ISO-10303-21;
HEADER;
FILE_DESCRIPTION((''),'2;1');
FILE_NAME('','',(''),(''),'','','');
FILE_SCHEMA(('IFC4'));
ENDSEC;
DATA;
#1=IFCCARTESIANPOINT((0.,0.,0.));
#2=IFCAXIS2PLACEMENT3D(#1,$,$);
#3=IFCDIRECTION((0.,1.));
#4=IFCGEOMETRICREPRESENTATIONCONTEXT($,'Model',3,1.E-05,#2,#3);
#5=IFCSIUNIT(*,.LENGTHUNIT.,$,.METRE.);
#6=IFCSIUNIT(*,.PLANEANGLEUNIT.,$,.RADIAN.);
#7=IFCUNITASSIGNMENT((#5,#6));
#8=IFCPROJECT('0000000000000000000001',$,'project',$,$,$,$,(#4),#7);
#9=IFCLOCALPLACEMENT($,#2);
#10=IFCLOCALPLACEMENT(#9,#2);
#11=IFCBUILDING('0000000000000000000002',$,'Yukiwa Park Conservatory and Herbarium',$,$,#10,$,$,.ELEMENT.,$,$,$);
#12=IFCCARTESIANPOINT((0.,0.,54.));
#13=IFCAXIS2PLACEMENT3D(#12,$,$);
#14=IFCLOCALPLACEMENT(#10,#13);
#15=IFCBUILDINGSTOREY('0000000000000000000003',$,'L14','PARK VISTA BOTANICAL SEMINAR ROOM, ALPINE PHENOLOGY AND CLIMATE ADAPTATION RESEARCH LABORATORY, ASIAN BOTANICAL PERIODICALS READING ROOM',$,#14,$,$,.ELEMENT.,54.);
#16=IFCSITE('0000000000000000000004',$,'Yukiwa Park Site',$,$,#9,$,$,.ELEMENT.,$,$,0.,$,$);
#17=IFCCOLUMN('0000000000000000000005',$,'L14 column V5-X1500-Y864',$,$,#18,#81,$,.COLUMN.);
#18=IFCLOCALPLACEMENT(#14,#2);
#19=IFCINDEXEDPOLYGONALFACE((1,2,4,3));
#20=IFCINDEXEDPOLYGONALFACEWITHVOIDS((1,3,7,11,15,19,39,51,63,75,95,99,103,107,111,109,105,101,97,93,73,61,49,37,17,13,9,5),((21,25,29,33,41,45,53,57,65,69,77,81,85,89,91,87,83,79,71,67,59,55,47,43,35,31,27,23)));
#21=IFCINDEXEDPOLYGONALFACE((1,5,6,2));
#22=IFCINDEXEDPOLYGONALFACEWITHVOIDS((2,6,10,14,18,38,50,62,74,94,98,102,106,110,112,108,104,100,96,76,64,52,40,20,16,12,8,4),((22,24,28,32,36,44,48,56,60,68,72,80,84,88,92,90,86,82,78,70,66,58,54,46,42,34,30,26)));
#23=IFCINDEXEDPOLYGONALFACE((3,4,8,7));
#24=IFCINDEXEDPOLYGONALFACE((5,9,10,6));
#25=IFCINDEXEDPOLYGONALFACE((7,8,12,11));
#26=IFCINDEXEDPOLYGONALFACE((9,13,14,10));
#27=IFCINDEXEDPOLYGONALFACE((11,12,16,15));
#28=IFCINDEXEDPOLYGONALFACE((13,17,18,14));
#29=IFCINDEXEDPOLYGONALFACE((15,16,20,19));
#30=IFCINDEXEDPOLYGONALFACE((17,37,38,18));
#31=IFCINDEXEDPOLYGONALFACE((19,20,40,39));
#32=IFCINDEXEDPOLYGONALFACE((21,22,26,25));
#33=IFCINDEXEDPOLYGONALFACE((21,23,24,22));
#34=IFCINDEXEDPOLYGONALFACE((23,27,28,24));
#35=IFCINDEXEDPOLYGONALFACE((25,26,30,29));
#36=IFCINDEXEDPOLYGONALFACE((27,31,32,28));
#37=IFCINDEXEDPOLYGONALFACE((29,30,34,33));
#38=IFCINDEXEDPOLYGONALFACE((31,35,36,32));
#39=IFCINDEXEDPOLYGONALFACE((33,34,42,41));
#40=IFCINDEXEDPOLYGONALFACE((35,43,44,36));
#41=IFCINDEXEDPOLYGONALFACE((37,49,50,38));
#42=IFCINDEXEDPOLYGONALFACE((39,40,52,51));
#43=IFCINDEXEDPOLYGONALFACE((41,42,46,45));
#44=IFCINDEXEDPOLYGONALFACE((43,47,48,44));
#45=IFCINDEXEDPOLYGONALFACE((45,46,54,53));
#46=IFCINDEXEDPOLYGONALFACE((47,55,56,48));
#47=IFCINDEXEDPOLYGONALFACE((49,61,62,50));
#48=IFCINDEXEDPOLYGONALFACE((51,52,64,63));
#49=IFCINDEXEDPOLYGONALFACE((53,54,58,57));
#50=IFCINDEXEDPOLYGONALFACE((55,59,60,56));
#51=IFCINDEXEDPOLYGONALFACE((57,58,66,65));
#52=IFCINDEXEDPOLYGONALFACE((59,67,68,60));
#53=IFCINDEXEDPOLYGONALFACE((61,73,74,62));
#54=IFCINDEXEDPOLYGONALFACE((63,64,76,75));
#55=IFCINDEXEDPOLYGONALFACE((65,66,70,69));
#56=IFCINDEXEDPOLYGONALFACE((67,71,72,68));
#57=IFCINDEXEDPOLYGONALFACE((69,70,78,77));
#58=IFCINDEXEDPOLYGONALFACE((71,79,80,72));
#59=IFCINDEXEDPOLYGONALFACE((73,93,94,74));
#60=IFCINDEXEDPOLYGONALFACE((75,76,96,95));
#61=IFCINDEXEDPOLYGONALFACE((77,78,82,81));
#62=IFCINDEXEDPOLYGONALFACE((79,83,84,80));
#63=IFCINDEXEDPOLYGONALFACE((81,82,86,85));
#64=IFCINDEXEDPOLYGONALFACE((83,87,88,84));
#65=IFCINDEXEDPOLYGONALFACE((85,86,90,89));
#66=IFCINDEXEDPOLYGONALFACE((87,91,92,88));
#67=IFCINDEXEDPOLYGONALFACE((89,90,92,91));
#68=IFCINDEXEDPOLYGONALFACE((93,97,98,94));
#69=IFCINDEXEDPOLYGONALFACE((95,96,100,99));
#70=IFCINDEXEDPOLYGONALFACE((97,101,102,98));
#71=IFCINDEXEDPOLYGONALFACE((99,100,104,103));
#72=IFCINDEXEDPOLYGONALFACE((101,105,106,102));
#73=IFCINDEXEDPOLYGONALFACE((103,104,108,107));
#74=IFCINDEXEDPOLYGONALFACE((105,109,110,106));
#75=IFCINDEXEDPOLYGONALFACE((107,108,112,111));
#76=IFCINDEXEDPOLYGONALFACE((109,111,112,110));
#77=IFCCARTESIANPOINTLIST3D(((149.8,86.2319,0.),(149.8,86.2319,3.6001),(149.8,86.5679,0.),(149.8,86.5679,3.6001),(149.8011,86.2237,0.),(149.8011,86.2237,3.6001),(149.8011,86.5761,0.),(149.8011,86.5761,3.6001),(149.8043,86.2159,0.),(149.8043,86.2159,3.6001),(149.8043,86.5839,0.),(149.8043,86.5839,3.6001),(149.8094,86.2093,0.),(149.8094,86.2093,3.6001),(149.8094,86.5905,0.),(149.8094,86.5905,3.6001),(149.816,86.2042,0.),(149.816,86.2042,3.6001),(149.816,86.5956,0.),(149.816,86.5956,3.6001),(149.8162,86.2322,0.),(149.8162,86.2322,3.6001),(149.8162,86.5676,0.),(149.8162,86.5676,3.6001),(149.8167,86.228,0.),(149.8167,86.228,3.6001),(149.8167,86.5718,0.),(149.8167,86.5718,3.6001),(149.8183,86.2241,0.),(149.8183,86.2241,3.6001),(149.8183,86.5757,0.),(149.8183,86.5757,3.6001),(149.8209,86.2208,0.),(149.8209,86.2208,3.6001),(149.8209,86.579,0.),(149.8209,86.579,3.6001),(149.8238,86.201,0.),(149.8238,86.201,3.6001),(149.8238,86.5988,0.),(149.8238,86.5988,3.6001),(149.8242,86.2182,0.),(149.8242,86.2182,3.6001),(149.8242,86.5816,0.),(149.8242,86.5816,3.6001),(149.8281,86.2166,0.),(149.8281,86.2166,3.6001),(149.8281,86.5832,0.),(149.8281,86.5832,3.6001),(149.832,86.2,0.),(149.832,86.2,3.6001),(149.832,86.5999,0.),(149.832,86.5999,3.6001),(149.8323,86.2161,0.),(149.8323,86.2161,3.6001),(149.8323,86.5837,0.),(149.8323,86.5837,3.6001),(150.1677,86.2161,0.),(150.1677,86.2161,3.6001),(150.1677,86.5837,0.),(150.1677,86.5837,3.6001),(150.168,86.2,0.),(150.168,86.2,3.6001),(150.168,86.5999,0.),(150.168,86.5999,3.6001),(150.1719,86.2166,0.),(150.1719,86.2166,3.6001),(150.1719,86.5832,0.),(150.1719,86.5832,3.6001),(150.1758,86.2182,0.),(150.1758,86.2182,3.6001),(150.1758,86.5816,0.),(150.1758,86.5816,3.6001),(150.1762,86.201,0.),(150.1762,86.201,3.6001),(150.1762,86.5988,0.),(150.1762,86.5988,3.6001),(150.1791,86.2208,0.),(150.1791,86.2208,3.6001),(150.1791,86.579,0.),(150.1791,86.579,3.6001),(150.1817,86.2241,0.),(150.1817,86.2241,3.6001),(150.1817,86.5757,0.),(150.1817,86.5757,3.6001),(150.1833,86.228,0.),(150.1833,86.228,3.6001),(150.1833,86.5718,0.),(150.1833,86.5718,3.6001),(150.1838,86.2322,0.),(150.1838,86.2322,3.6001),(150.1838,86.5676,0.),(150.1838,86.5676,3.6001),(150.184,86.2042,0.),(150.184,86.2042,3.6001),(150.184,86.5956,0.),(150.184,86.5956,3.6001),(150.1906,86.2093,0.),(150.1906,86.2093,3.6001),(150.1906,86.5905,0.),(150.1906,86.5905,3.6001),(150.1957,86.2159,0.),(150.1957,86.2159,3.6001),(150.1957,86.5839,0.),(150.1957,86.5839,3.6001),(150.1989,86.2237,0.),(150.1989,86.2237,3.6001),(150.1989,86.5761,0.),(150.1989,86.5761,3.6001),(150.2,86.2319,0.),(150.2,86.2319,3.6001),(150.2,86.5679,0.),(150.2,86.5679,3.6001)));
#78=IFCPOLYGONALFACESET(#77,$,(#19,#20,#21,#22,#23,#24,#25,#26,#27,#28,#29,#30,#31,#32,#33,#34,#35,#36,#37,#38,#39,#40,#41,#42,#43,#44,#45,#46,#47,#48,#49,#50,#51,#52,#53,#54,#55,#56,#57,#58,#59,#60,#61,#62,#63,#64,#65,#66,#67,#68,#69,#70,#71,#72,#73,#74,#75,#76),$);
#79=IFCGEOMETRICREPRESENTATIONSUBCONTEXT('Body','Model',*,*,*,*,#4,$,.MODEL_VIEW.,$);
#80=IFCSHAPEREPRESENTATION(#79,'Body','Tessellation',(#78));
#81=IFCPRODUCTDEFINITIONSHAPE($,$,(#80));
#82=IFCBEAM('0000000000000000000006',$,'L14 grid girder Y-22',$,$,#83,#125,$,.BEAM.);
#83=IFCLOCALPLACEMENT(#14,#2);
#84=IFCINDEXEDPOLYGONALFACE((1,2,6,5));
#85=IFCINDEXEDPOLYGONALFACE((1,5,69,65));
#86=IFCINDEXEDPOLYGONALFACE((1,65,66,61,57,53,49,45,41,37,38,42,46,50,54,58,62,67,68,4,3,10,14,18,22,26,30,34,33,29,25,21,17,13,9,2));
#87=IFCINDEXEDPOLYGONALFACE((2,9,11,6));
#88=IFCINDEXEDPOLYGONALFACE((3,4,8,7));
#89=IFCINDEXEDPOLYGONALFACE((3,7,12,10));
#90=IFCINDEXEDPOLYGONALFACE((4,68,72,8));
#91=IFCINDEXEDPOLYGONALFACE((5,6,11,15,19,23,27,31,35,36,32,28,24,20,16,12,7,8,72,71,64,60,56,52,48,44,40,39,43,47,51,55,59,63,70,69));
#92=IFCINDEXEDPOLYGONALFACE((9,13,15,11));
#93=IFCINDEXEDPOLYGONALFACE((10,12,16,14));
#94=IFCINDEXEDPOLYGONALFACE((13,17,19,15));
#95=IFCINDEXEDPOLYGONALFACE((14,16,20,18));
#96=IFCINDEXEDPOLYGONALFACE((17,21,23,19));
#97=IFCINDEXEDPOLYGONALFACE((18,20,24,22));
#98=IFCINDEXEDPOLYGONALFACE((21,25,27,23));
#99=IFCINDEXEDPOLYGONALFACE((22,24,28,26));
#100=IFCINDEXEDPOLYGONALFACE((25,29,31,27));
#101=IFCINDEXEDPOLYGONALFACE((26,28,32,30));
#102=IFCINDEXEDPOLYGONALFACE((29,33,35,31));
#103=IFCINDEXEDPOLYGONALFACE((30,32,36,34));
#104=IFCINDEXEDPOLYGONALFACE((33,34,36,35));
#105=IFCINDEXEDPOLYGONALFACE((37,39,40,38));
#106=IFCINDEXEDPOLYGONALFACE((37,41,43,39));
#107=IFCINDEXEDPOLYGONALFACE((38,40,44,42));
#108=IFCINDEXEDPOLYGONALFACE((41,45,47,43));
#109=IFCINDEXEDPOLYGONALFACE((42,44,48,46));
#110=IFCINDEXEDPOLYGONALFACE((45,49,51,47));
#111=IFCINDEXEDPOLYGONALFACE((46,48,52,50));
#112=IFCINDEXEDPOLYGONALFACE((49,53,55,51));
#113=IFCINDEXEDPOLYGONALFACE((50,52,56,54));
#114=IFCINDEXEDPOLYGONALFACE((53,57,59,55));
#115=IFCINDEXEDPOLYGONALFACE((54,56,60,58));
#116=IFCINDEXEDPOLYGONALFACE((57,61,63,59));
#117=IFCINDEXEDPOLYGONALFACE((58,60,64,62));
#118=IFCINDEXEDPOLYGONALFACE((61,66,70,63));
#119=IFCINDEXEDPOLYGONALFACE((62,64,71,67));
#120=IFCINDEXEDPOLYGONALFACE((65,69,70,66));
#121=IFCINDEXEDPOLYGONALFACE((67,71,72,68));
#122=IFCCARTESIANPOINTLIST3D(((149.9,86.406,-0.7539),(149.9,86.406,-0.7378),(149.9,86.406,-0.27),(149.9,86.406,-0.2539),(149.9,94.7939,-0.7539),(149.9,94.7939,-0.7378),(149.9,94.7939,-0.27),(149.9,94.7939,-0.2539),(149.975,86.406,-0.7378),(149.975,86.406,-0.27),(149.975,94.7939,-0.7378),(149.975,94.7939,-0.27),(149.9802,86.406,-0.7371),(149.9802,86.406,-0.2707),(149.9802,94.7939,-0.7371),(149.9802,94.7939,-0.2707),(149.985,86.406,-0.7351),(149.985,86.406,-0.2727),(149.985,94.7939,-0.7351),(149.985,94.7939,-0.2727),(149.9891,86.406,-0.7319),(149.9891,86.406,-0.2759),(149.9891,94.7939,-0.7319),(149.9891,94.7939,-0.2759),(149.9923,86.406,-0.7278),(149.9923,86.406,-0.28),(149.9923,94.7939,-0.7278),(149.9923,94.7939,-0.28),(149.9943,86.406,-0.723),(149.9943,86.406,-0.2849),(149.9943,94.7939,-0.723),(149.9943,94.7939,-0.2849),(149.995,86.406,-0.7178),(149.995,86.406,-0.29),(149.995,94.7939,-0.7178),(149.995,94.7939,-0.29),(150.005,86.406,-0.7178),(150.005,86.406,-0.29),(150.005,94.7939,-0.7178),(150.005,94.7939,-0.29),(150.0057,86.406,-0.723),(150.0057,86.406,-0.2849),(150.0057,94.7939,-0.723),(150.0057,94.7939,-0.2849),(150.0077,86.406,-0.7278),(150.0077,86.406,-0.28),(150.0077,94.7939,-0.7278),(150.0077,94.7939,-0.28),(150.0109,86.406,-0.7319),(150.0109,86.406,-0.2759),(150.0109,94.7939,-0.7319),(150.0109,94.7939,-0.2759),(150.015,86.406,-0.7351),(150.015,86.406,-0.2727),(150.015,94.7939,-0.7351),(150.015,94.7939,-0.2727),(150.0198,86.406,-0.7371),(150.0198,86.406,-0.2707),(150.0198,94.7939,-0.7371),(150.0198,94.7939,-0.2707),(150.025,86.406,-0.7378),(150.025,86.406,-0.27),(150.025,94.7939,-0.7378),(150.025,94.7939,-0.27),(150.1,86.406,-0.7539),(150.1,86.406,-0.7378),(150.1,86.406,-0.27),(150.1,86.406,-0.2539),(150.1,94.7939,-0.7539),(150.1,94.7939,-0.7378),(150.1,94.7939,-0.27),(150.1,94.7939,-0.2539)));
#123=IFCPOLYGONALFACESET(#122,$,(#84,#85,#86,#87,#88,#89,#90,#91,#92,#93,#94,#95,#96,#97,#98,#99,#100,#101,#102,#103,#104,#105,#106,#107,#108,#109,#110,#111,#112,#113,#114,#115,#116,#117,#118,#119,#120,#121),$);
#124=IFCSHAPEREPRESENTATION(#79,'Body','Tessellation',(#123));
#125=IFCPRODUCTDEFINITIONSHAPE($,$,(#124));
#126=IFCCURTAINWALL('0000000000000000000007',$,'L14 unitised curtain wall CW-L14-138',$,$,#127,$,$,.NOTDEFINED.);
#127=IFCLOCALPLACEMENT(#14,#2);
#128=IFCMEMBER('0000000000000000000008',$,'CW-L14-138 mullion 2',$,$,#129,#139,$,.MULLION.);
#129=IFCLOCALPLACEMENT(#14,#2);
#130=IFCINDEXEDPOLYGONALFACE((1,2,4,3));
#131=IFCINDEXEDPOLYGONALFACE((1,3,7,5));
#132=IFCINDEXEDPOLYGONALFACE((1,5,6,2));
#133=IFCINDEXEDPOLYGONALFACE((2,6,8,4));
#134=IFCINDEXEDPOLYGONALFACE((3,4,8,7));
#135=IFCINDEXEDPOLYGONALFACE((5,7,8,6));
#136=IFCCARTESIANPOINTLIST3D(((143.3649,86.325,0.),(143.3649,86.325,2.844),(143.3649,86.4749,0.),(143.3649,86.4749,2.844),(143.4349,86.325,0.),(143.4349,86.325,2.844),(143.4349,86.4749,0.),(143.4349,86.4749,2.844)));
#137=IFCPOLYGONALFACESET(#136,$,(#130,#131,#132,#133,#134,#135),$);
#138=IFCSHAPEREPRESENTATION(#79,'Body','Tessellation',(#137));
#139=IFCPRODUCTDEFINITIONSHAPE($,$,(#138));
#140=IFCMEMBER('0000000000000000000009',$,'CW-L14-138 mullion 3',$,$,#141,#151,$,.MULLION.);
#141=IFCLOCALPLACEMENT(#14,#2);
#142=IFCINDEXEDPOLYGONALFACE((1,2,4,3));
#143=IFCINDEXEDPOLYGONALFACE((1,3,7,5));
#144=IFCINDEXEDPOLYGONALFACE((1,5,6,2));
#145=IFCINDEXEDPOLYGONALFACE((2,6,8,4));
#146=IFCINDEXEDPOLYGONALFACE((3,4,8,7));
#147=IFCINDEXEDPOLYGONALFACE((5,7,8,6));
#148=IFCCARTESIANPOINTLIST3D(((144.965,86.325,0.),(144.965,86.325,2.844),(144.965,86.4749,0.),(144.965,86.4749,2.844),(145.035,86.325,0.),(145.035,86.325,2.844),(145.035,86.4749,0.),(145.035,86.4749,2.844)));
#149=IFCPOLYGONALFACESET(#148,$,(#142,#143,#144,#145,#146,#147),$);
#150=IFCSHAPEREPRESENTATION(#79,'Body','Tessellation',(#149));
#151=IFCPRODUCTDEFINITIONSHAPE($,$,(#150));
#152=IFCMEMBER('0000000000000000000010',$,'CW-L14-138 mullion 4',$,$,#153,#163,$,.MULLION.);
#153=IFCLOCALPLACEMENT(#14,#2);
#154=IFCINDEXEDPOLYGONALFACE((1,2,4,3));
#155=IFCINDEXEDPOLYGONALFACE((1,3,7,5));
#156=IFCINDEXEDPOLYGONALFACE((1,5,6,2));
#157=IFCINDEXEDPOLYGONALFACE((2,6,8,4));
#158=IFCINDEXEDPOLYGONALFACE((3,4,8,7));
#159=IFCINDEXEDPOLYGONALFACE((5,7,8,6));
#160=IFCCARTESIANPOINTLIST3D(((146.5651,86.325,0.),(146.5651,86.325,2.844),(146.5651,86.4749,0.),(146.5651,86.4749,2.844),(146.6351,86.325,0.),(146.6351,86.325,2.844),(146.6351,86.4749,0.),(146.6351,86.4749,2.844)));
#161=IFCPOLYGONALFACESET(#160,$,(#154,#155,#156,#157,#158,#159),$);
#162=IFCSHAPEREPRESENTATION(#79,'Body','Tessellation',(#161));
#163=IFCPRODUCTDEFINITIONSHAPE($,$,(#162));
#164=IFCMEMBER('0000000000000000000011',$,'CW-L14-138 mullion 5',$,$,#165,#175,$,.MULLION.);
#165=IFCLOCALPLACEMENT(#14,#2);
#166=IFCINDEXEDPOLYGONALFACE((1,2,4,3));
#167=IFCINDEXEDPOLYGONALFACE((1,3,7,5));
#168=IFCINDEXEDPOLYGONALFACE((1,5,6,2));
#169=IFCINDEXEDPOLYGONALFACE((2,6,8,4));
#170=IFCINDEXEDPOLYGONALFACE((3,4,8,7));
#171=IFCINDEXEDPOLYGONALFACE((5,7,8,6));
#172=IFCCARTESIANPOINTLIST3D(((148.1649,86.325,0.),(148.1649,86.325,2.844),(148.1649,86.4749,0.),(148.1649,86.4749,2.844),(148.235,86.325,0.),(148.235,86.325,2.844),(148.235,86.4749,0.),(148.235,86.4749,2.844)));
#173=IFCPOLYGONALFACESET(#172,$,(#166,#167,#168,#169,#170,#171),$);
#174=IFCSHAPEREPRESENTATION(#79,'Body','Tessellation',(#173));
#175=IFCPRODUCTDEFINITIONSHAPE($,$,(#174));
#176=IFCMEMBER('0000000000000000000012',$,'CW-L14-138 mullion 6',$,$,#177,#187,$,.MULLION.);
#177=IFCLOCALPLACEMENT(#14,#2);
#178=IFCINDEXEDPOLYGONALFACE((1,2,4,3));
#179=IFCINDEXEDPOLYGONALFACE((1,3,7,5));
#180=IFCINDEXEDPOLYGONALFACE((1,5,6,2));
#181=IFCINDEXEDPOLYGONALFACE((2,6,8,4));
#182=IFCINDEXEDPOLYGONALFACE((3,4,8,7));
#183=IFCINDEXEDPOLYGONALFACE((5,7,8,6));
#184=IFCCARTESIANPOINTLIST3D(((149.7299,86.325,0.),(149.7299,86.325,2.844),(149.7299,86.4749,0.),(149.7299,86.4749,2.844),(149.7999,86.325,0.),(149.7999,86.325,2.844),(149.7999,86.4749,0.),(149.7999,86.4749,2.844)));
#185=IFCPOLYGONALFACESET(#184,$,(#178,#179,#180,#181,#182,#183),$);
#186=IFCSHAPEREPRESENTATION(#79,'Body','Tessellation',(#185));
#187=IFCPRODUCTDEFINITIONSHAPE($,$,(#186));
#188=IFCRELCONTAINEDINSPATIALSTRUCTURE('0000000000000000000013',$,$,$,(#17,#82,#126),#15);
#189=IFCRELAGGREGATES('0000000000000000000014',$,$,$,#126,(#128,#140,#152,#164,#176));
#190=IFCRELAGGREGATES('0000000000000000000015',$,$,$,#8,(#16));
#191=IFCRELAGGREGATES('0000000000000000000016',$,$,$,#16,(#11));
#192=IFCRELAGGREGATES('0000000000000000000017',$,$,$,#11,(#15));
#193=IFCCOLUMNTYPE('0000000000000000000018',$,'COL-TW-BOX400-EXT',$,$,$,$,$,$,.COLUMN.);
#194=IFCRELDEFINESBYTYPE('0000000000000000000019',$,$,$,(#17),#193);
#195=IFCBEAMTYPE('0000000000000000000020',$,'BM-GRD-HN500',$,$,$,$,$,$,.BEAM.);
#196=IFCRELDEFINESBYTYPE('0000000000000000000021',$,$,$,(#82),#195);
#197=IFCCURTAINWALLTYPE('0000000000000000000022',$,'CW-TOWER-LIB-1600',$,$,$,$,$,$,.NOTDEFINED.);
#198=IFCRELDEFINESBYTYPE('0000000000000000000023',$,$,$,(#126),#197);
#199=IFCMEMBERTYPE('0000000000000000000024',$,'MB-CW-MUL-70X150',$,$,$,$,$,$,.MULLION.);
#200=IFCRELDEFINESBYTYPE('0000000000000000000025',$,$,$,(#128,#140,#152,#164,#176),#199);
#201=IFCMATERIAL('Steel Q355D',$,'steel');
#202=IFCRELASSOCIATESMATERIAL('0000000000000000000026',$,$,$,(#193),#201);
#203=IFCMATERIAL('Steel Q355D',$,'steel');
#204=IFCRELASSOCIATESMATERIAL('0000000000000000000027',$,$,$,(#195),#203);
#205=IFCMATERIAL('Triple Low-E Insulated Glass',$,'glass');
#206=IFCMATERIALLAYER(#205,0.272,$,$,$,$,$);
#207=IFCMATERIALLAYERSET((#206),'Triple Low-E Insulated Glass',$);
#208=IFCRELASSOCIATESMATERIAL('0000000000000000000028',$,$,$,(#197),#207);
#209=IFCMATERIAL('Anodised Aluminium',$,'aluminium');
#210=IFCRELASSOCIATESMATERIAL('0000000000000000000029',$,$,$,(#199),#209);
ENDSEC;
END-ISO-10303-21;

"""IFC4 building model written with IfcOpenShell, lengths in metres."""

from ifc_helpers import new_model, si_unit, direction, frame, origin, origin_2d, place, context, subcontext, project, spatial, rectangle, hollow_rectangle, i_section, extrude, material, layer, layer_set, material_profile, profile_set, type_object, element, aggregate, save


model = new_model("IFC4")

# Units and contexts
model_context = context("Model", 3, precision=1e-05, world=origin(), true_north=direction((0.0, 1.0)))
body_context = subcontext(model_context, "Body", "Model", "MODEL_VIEW")
ifc_project = project(units=[si_unit("LENGTHUNIT", "METRE"), si_unit("PLANEANGLEUNIT", "RADIAN")], contexts=[model_context])

# Site, building, storey
site_placement = place(None, origin())
site = spatial("IfcSite", under=ifc_project, at=site_placement, Name="Yukiwa Park Site", CompositionType="ELEMENT", RefElevation=0.0)
building_placement = place(site_placement, origin())
building = spatial("IfcBuilding", under=site, at=building_placement, Name="Yukiwa Park Conservatory and Herbarium", CompositionType="ELEMENT")
storey_placement = place(building_placement, frame((0.0, 0.0, 54.0)))
storey = spatial("IfcBuildingStorey", under=building, at=storey_placement, Name="L14", Description="PARK VISTA BOTANICAL SEMINAR ROOM, ALPINE PHENOLOGY AND CLIMATE ADAPTATION RESEARCH LABORATORY, ASIAN BOTANICAL PERIODICALS READING ROOM", CompositionType="ELEMENT", Elevation=54.0)

# Column
ifc_material_1 = material(Name="Steel Q355D", Category="steel")
ifc_material_profile_1 = material_profile(ifc_material_1, hollow_rectangle(XDim=0.3999, YDim=0.3999, WallThickness=0.0161, InnerFilletRadius=0.0161, OuterFilletRadius=0.032, at=origin_2d()), Name="BOX 400x400x16")
ifc_profile_set_1 = profile_set([ifc_material_profile_1], Name="Steel Q355D")
column_type = type_object("IfcColumnType", Name="COL-TW-BOX400-EXT", PredefinedType="COLUMN", material=ifc_profile_set_1)
column_placement = place(storey_placement, frame((150.0, 86.3999, 0.0), z_axis=(0.0, 0.0, 1.0), x_axis=(1.0, 0.0, 0.0)))
element("IfcColumn", 1, at=column_placement, inside=storey, type_object=column_type, Name="L14 column V5-X1500-Y864", PredefinedType="COLUMN", context=body_context, shape_type="SweptSolid", body=[
    extrude(hollow_rectangle(XDim=0.3999, YDim=0.3999, WallThickness=0.0161, InnerFilletRadius=0.0161, OuterFilletRadius=0.032, at=origin_2d()), origin(), (0.0, 0.0, 1.0), 3.6001),
])

# Beam
ifc_material_2 = material(Name="Steel Q355D", Category="steel")
ifc_material_profile_2 = material_profile(ifc_material_2, i_section(OverallWidth=0.2, OverallDepth=0.5, WebThickness=0.01, FlangeThickness=0.0161, FilletRadius=0.02, at=origin_2d()), Name="HN 500x200x10x16")
ifc_profile_set_2 = profile_set([ifc_material_profile_2], Name="Steel Q355D")
beam_type = type_object("IfcBeamType", Name="BM-GRD-HN500", PredefinedType="BEAM", material=ifc_profile_set_2)
beam_placement = place(storey_placement, frame((150.0, 86.406, -0.5039), z_axis=(0.0, 1.0, 0.0), x_axis=(-1.0, 0.0, 0.0)))
element("IfcBeam", 2, at=beam_placement, inside=storey, type_object=beam_type, Name="L14 grid girder Y-22", PredefinedType="BEAM", context=body_context, shape_type="SweptSolid", body=[
    extrude(i_section(OverallWidth=0.2, OverallDepth=0.5, WebThickness=0.01, FlangeThickness=0.0161, FilletRadius=0.02, at=origin_2d()), origin(), (0.0, 0.0, 1.0), 8.3879),
])

# Curtain wall, members
ifc_material_3 = material(Name="Triple Low-E Insulated Glass", Category="glass")
ifc_layer_1 = layer(ifc_material_3, 0.272)
ifc_layer_set_1 = layer_set([ifc_layer_1], Name="Triple Low-E Insulated Glass")
curtain_wall_type = type_object("IfcCurtainWallType", Name="CW-TOWER-LIB-1600", PredefinedType="NOTDEFINED", material=ifc_layer_set_1)
curtain_wall_placement = place(storey_placement, origin())
curtain_wall = element("IfcCurtainWall", 3, at=curtain_wall_placement, inside=storey, type_object=curtain_wall_type, Name="L14 unitised curtain wall CW-L14-138", PredefinedType="NOTDEFINED")
ifc_material_4 = material(Name="Anodised Aluminium", Category="aluminium")
member_type_1 = type_object("IfcMemberType", Name="MB-CW-MUL-70X150", PredefinedType="MULLION", material=ifc_material_4)
member_1_placement = place(storey_placement, frame((143.3999, 86.3999, 0.0), z_axis=(0.0, 0.0, 1.0), x_axis=(1.0, 0.0, 0.0)))
member_1 = element("IfcMember", 4, at=member_1_placement, type_object=member_type_1, Name="CW-L14-138 mullion 2", PredefinedType="MULLION", context=body_context, shape_type="SweptSolid", body=[
    extrude(rectangle(XDim=0.0701, YDim=0.1499, at=origin_2d()), origin(), (0.0, 0.0, 1.0), 2.844),
])
member_2_placement = place(storey_placement, frame((145.0, 86.3999, 0.0), z_axis=(0.0, 0.0, 1.0), x_axis=(1.0, 0.0, 0.0)))
member_2 = element("IfcMember", 5, at=member_2_placement, type_object=member_type_1, Name="CW-L14-138 mullion 3", PredefinedType="MULLION", context=body_context, shape_type="SweptSolid", body=[
    extrude(rectangle(XDim=0.0701, YDim=0.1499, at=origin_2d()), origin(), (0.0, 0.0, 1.0), 2.844),
])
member_3_placement = place(storey_placement, frame((146.6001, 86.3999, 0.0), z_axis=(0.0, 0.0, 1.0), x_axis=(1.0, 0.0, 0.0)))
member_3 = element("IfcMember", 6, at=member_3_placement, type_object=member_type_1, Name="CW-L14-138 mullion 4", PredefinedType="MULLION", context=body_context, shape_type="SweptSolid", body=[
    extrude(rectangle(XDim=0.0701, YDim=0.1499, at=origin_2d()), origin(), (0.0, 0.0, 1.0), 2.844),
])
member_4_placement = place(storey_placement, frame((148.2, 86.3999, 0.0), z_axis=(0.0, 0.0, 1.0), x_axis=(1.0, 0.0, 0.0)))
member_4 = element("IfcMember", 7, at=member_4_placement, type_object=member_type_1, Name="CW-L14-138 mullion 5", PredefinedType="MULLION", context=body_context, shape_type="SweptSolid", body=[
    extrude(rectangle(XDim=0.0701, YDim=0.1499, at=origin_2d()), origin(), (0.0, 0.0, 1.0), 2.844),
])
member_5_placement = place(storey_placement, frame((149.7649, 86.3999, 0.0), z_axis=(0.0, 0.0, 1.0), x_axis=(1.0, 0.0, 0.0)))
member_5 = element("IfcMember", 8, at=member_5_placement, type_object=member_type_1, Name="CW-L14-138 mullion 6", PredefinedType="MULLION", context=body_context, shape_type="SweptSolid", body=[
    extrude(rectangle(XDim=0.0701, YDim=0.1499, at=origin_2d()), origin(), (0.0, 0.0, 1.0), 2.844),
])
aggregate(curtain_wall, [member_1, member_2, member_3, member_4, member_5])

save(model, "model.ifc")
